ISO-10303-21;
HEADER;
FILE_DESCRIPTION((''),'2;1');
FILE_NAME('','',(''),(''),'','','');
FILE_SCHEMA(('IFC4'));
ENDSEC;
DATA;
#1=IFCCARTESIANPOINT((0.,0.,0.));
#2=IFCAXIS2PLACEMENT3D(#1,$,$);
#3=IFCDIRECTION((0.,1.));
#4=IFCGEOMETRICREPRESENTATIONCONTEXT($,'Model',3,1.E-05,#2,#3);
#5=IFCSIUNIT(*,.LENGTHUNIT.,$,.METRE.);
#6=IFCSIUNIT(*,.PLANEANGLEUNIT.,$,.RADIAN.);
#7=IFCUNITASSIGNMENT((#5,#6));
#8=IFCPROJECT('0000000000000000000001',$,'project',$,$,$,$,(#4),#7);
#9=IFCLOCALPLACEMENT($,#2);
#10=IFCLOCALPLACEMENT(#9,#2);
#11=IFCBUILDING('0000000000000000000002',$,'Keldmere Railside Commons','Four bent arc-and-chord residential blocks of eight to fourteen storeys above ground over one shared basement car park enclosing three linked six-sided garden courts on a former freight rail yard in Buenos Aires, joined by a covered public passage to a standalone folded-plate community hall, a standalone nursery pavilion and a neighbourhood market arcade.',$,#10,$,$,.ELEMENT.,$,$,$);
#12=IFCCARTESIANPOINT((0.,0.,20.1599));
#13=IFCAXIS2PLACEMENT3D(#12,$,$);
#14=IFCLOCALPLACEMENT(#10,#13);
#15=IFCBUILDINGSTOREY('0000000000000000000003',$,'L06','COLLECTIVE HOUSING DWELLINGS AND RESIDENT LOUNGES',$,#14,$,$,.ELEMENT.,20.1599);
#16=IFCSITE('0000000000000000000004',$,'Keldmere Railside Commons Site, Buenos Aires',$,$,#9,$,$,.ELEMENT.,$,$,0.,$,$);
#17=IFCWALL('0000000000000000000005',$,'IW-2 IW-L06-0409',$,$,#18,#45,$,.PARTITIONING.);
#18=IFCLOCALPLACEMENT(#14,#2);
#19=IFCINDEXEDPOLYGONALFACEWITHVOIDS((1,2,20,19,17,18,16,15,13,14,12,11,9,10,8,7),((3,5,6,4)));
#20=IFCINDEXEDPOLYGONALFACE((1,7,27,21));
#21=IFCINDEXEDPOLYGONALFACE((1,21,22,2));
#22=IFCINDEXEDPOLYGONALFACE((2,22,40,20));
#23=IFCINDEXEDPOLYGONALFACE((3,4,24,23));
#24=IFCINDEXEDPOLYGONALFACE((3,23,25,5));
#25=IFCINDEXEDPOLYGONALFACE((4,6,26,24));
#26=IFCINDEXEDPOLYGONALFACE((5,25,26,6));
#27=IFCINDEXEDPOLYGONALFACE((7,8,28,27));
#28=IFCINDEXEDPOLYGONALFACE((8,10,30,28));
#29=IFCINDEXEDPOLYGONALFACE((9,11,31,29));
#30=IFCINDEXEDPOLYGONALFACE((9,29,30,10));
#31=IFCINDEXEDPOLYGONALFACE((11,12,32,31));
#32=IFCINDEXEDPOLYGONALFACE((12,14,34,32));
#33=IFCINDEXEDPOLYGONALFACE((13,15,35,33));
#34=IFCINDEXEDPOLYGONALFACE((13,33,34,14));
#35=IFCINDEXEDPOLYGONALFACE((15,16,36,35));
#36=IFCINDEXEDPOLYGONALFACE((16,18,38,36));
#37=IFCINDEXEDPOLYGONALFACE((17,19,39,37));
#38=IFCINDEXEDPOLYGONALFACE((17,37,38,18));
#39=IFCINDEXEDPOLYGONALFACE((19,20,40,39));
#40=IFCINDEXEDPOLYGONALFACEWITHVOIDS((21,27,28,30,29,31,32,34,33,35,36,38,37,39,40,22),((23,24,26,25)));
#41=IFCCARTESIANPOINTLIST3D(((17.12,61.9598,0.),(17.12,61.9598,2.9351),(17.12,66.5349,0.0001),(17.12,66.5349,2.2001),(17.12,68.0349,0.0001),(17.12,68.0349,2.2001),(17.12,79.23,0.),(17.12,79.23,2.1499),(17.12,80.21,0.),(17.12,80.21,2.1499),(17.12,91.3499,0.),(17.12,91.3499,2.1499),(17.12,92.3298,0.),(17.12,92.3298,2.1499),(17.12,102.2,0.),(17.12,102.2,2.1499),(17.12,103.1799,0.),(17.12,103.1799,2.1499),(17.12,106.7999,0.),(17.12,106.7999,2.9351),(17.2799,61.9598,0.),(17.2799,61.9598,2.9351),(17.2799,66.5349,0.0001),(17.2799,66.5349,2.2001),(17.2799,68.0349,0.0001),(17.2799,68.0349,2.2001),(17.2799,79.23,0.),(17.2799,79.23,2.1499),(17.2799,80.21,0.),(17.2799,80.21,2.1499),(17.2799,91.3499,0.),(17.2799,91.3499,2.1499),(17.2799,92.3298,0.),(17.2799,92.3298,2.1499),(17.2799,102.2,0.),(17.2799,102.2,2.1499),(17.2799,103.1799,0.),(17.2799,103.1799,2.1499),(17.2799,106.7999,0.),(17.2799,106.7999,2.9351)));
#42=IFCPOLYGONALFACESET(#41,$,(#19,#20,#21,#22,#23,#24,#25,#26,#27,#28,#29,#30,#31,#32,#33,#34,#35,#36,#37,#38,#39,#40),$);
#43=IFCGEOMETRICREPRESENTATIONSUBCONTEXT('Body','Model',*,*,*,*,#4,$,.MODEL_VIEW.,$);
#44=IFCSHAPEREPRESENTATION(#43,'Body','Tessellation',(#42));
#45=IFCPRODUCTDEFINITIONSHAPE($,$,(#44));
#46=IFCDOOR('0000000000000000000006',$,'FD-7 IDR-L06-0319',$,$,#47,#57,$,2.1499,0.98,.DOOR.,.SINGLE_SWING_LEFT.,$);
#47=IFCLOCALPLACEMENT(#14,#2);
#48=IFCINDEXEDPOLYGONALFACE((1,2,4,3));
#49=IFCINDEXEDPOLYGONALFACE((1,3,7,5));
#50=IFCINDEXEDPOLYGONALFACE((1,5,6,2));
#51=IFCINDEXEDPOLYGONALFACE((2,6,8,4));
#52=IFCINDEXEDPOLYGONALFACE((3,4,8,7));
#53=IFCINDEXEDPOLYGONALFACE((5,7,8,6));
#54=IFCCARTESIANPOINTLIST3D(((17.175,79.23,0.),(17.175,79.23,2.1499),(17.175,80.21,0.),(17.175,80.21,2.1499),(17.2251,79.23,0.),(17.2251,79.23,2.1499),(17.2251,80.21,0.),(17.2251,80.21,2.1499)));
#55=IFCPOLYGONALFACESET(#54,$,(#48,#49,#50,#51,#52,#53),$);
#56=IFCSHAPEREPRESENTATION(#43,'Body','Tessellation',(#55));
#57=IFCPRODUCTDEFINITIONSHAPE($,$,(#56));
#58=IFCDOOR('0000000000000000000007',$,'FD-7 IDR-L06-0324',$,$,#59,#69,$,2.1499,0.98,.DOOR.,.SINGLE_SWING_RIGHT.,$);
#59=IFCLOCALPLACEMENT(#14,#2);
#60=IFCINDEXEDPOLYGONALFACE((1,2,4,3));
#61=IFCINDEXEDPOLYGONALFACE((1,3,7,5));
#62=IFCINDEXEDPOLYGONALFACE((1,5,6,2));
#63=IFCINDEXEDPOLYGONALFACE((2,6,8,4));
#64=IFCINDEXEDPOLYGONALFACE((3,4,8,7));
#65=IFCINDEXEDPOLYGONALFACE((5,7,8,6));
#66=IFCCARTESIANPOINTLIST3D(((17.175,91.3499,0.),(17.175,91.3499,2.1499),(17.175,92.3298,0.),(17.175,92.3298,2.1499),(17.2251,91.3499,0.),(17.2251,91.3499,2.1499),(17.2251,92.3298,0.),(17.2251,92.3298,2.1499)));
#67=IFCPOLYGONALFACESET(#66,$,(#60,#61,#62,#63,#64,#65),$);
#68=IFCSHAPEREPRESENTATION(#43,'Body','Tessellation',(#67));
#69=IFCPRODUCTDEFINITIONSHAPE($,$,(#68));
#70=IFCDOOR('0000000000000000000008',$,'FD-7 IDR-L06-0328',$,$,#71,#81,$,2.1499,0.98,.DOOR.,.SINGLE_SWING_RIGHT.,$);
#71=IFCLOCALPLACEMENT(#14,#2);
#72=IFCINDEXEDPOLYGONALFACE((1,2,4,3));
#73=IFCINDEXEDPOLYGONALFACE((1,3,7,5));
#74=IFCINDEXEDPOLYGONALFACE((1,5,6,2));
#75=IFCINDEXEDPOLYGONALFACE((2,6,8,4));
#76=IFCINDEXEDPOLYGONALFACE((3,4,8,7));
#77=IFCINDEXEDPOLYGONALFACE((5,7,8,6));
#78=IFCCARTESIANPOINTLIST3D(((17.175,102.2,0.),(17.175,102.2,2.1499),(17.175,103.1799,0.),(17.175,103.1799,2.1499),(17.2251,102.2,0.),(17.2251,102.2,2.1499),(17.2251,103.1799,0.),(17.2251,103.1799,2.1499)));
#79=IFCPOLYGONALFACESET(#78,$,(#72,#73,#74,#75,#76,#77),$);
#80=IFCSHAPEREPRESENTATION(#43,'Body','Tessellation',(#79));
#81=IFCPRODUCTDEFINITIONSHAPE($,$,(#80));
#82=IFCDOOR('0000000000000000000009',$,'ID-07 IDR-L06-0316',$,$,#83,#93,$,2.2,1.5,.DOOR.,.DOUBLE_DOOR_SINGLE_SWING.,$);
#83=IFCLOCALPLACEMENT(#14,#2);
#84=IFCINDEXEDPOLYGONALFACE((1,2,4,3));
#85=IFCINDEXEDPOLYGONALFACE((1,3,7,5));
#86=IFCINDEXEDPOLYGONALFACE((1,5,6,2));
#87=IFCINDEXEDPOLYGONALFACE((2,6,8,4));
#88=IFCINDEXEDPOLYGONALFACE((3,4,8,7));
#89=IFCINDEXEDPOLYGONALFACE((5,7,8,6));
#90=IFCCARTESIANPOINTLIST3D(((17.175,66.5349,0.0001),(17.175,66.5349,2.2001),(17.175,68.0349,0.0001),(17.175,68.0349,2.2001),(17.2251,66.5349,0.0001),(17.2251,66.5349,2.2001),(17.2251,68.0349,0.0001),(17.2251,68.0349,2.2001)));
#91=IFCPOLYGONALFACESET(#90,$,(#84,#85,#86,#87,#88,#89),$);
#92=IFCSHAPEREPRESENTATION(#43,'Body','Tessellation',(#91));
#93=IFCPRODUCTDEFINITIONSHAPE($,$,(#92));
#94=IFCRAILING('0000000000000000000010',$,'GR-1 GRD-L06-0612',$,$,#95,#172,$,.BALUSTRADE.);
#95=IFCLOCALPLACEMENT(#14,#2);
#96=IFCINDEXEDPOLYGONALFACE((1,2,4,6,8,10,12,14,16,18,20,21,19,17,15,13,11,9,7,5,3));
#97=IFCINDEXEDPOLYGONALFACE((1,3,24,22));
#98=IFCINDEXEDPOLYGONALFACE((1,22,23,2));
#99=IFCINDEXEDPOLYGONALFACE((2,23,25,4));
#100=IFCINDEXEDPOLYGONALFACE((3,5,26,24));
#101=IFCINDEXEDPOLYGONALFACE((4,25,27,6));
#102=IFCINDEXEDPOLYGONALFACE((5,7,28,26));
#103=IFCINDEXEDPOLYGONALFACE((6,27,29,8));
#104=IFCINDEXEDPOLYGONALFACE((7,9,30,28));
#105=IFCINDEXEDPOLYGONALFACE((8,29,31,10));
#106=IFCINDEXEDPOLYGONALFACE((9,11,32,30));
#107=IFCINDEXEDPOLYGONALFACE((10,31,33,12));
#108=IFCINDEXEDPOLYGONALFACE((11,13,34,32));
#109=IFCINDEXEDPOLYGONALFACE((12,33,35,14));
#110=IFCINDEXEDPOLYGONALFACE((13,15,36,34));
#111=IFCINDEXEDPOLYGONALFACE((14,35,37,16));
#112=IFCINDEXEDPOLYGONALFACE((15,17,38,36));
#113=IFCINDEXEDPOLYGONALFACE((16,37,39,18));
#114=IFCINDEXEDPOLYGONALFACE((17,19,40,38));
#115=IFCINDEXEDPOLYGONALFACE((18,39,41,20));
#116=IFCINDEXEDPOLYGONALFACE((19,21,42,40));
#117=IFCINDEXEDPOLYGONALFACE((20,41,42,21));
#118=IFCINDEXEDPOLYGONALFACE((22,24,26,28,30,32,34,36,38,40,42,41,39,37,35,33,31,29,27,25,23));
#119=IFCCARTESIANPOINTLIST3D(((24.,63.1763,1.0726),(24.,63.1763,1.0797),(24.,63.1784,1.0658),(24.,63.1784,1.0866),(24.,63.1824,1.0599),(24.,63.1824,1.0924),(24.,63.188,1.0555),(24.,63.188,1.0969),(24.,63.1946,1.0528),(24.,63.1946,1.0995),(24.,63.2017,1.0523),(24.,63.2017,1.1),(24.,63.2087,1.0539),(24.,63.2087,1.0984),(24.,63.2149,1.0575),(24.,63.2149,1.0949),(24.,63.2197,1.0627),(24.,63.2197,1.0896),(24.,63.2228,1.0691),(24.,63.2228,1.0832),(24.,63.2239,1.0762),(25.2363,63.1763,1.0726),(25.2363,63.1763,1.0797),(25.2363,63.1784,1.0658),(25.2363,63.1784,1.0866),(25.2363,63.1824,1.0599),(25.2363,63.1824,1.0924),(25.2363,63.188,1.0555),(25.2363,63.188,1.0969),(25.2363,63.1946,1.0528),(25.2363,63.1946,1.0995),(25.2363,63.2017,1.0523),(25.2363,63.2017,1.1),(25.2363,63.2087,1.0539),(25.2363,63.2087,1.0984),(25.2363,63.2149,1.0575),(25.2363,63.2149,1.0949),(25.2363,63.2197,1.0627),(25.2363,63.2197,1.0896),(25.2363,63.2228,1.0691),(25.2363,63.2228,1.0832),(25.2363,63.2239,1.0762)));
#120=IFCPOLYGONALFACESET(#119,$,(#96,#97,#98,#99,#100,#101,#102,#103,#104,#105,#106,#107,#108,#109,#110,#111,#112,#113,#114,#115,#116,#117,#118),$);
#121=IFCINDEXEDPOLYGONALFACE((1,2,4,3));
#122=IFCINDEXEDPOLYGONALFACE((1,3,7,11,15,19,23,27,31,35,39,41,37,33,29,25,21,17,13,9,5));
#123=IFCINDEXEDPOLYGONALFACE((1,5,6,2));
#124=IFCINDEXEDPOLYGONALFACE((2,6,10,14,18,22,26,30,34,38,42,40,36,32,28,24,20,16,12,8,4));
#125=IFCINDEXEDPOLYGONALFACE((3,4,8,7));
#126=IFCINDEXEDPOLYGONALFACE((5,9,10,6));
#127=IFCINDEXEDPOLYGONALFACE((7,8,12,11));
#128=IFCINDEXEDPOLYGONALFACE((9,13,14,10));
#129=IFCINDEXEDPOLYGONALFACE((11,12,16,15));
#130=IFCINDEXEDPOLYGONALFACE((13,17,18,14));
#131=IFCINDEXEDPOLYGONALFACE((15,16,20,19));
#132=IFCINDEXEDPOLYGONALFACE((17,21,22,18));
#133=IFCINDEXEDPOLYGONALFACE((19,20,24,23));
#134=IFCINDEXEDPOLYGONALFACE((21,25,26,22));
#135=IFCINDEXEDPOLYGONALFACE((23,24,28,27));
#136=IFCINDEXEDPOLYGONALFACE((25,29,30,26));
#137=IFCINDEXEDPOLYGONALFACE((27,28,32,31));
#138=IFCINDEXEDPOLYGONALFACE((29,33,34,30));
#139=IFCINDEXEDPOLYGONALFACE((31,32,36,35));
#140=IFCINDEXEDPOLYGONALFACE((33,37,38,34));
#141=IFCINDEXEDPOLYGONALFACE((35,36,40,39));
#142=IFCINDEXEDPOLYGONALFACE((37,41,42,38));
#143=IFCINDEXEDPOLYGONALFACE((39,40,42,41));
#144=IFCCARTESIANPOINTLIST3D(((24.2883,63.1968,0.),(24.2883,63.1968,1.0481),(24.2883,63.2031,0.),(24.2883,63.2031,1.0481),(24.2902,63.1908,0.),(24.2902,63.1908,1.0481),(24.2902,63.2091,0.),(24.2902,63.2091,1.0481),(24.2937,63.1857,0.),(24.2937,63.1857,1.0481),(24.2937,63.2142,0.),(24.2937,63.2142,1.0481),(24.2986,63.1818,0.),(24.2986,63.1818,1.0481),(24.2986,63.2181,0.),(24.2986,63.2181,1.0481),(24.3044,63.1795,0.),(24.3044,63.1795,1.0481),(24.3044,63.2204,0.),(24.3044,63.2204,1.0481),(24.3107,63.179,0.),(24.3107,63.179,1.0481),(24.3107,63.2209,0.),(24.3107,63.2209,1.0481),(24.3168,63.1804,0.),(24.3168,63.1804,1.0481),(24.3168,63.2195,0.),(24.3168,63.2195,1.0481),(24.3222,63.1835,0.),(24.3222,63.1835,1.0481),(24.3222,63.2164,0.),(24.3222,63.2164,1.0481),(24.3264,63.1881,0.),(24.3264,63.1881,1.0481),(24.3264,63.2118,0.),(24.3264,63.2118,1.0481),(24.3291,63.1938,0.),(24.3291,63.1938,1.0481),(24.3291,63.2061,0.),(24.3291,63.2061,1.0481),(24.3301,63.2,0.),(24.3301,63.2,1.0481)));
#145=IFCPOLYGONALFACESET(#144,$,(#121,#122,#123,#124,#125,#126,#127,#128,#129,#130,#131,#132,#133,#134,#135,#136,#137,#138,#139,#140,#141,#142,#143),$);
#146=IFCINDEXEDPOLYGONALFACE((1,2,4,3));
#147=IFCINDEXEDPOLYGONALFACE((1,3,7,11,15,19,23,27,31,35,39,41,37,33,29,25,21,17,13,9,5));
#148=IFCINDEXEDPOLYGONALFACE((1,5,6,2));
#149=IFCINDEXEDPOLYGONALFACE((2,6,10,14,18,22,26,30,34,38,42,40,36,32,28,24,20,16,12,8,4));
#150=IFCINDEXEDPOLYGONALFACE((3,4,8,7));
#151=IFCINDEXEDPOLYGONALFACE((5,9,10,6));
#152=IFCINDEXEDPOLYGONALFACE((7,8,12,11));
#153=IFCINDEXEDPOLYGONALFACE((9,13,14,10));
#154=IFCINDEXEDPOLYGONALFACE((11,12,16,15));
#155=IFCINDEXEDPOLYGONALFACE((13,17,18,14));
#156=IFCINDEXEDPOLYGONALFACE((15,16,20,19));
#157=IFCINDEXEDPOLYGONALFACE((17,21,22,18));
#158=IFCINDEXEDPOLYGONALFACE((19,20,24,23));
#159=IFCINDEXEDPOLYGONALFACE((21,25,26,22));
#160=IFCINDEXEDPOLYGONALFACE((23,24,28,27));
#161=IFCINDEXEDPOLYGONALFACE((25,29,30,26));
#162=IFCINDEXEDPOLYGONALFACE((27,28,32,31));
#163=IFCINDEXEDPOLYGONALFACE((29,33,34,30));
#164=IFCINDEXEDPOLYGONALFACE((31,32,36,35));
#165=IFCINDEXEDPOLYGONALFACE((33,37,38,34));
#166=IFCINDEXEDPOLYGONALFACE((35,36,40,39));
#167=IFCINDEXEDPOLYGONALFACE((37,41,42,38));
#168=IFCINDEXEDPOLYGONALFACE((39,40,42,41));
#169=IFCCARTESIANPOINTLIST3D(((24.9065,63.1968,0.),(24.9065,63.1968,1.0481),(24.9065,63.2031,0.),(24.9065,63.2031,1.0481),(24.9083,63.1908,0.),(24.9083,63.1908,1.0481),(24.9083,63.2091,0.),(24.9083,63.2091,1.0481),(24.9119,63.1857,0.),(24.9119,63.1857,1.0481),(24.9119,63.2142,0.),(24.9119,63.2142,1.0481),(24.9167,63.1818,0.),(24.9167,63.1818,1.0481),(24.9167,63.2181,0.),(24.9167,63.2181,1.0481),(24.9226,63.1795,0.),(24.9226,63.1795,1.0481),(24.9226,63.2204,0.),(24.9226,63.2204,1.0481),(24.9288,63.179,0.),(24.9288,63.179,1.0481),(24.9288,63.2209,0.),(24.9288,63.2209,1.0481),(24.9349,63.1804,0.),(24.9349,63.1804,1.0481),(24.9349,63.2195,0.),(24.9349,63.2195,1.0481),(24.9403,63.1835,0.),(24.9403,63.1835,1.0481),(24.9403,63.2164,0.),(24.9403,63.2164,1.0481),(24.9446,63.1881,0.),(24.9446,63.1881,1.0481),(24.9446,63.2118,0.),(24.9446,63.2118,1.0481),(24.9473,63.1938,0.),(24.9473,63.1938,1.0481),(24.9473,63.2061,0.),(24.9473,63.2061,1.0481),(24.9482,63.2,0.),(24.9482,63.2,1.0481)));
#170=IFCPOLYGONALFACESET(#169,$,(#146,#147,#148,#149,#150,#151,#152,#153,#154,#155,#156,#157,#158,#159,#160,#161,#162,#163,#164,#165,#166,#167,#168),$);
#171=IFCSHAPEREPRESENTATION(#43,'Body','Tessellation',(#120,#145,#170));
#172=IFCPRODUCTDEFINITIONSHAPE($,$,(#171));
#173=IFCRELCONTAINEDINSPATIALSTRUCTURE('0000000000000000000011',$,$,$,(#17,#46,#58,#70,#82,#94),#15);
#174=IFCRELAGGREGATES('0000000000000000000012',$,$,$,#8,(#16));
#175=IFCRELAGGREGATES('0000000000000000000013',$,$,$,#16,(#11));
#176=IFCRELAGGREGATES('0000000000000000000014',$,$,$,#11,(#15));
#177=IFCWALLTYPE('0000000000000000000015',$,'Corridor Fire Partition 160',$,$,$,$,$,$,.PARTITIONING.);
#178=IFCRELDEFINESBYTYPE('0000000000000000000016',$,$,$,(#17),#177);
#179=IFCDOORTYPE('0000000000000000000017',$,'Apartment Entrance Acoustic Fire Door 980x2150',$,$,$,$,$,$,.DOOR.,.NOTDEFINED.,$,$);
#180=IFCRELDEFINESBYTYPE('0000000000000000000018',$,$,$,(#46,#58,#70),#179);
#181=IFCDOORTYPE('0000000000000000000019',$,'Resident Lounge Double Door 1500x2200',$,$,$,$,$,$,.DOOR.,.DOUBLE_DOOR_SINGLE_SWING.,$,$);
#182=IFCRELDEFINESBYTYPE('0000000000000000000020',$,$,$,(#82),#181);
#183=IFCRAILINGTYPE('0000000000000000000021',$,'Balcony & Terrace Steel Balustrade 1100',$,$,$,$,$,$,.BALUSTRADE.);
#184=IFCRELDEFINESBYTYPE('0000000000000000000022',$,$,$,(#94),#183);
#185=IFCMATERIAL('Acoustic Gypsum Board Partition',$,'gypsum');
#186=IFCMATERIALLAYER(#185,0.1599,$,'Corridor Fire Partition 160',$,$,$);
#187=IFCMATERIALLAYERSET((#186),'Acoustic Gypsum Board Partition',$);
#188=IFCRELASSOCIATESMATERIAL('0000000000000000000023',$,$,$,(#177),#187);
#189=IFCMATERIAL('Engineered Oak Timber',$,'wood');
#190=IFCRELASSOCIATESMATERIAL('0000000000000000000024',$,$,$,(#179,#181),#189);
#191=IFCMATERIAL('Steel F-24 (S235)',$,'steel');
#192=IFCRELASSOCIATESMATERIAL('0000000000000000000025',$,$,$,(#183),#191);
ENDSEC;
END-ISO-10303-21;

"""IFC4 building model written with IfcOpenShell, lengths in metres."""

from ifc_helpers import new_model, si_unit, direction, frame, frame_2d, origin, origin_2d, place, context, subcontext, project, spatial, rectangle, circle, extrude, material, layer, layer_set, type_object, element, fill, save


model = new_model("IFC4")

# Units and contexts
model_context = context("Model", 3, precision=1e-05, world=origin(), true_north=direction((0.0, 1.0)))
body_context = subcontext(model_context, "Body", "Model", "MODEL_VIEW")
ifc_project = project(units=[si_unit("LENGTHUNIT", "METRE"), si_unit("PLANEANGLEUNIT", "RADIAN")], contexts=[model_context])

# Site, building, storey
site_placement = place(None, origin())
site = spatial("IfcSite", under=ifc_project, at=site_placement, Name="Keldmere Railside Commons Site, Buenos Aires", CompositionType="ELEMENT", RefElevation=0.0)
building_placement = place(site_placement, origin())
building = spatial("IfcBuilding", under=site, at=building_placement, Name="Keldmere Railside Commons", Description="Four bent arc-and-chord residential blocks of eight to fourteen storeys above ground over one shared basement car park enclosing three linked six-sided garden courts on a former freight rail yard in Buenos Aires, joined by a covered public passage to a standalone folded-plate community hall, a standalone nursery pavilion and a neighbourhood market arcade.", CompositionType="ELEMENT")
storey_placement = place(building_placement, frame((0.0, 0.0, 20.1599)))
storey = spatial("IfcBuildingStorey", under=building, at=storey_placement, Name="L06", Description="COLLECTIVE HOUSING DWELLINGS AND RESIDENT LOUNGES", CompositionType="ELEMENT", Elevation=20.1599)

# Wall, openings, doors
ifc_material_1 = material(Name="Acoustic Gypsum Board Partition", Category="gypsum")
ifc_layer = layer(ifc_material_1, 0.1599, Name="Corridor Fire Partition 160")
ifc_layer_set = layer_set([ifc_layer], Name="Acoustic Gypsum Board Partition")
wall_type = type_object("IfcWallType", Name="Corridor Fire Partition 160", PredefinedType="PARTITIONING", material=ifc_layer_set)
wall_placement = place(storey_placement, frame((17.2, 61.96, 0.0), z_axis=(0.0, 0.0, 1.0), x_axis=(0.0, 1.0, 0.0)))
wall = element("IfcWall", 1, at=wall_placement, inside=storey, type_object=wall_type, Name="IW-2 IW-L06-0409", PredefinedType="PARTITIONING", context=body_context, shape_type="SweptSolid", body=[
    extrude(rectangle(XDim=44.8401, YDim=0.1599, at=frame_2d((22.4199, 0.0))), origin(), (0.0, 0.0, 1.0), 2.9351),
])
opening_1_placement = place(wall_placement, frame((4.575, 0.0, 0.0)))
opening_1 = element("IfcOpeningElement", 2, at=opening_1_placement, cuts=wall, PredefinedType="OPENING", context=body_context, shape_type="SweptSolid", body=[
    extrude(rectangle(XDim=1.5, YDim=2.2, at=frame_2d((0.75, 1.1001))), frame((0.0, 0.0898, 0.0), z_axis=(0.0, -1.0, 0.0), x_axis=(1.0, 0.0, 0.0)), (0.0, 0.0, 1.0), 0.1799),
])
opening_2_placement = place(wall_placement, frame((17.27, 0.0, 0.0)))
opening_2 = element("IfcOpeningElement", 3, at=opening_2_placement, cuts=wall, PredefinedType="OPENING", context=body_context, shape_type="SweptSolid", body=[
    extrude(rectangle(XDim=0.98, YDim=2.1499, at=frame_2d((0.49, 1.075))), frame((0.0, 0.0898, 0.0), z_axis=(0.0, -1.0, 0.0), x_axis=(1.0, 0.0, 0.0)), (0.0, 0.0, 1.0), 0.1799),
])
opening_3_placement = place(wall_placement, frame((29.3899, 0.0, 0.0)))
opening_3 = element("IfcOpeningElement", 4, at=opening_3_placement, cuts=wall, PredefinedType="OPENING", context=body_context, shape_type="SweptSolid", body=[
    extrude(rectangle(XDim=0.98, YDim=2.1499, at=frame_2d((0.49, 1.075))), frame((0.0, 0.0898, 0.0), z_axis=(0.0, -1.0, 0.0), x_axis=(1.0, 0.0, 0.0)), (0.0, 0.0, 1.0), 0.1799),
])
opening_4_placement = place(wall_placement, frame((40.24, 0.0, 0.0)))
opening_4 = element("IfcOpeningElement", 5, at=opening_4_placement, cuts=wall, PredefinedType="OPENING", context=body_context, shape_type="SweptSolid", body=[
    extrude(rectangle(XDim=0.98, YDim=2.1499, at=frame_2d((0.49, 1.075))), frame((0.0, 0.0898, 0.0), z_axis=(0.0, -1.0, 0.0), x_axis=(1.0, 0.0, 0.0)), (0.0, 0.0, 1.0), 0.1799),
])
ifc_material_2 = material(Name="Engineered Oak Timber", Category="wood")
door_type_1 = type_object("IfcDoorType", Name="Apartment Entrance Acoustic Fire Door 980x2150", OperationType="NOTDEFINED", PredefinedType="DOOR", material=ifc_material_2)
door_1_placement = place(opening_2_placement, origin())
door_1 = element("IfcDoor", 6, at=door_1_placement, inside=storey, type_object=door_type_1, Name="FD-7 IDR-L06-0319", OperationType="SINGLE_SWING_LEFT", OverallHeight=2.1499, OverallWidth=0.98, PredefinedType="DOOR", context=body_context, shape_type="SweptSolid", body=[
    extrude(rectangle(XDim=0.98, YDim=2.1499, at=frame_2d((0.49, 1.075))), frame((0.0, 0.0249, 0.0), z_axis=(0.0, -1.0, 0.0), x_axis=(1.0, 0.0, 0.0)), (0.0, 0.0, 1.0), 0.05),
])
fill(opening_2, door_1)
door_2_placement = place(opening_3_placement, origin())
door_2 = element("IfcDoor", 7, at=door_2_placement, inside=storey, type_object=door_type_1, Name="FD-7 IDR-L06-0324", OperationType="SINGLE_SWING_RIGHT", OverallHeight=2.1499, OverallWidth=0.98, PredefinedType="DOOR", context=body_context, shape_type="SweptSolid", body=[
    extrude(rectangle(XDim=0.98, YDim=2.1499, at=frame_2d((0.49, 1.075))), frame((0.0, 0.0249, 0.0), z_axis=(0.0, -1.0, 0.0), x_axis=(1.0, 0.0, 0.0)), (0.0, 0.0, 1.0), 0.05),
])
fill(opening_3, door_2)
door_3_placement = place(opening_4_placement, origin())
door_3 = element("IfcDoor", 8, at=door_3_placement, inside=storey, type_object=door_type_1, Name="FD-7 IDR-L06-0328", OperationType="SINGLE_SWING_RIGHT", OverallHeight=2.1499, OverallWidth=0.98, PredefinedType="DOOR", context=body_context, shape_type="SweptSolid", body=[
    extrude(rectangle(XDim=0.98, YDim=2.1499, at=frame_2d((0.49, 1.075))), frame((0.0, 0.0249, 0.0), z_axis=(0.0, -1.0, 0.0), x_axis=(1.0, 0.0, 0.0)), (0.0, 0.0, 1.0), 0.05),
])
fill(opening_4, door_3)
door_type_2 = type_object("IfcDoorType", Name="Resident Lounge Double Door 1500x2200", OperationType="DOUBLE_DOOR_SINGLE_SWING", PredefinedType="DOOR", material=ifc_material_2)
door_4_placement = place(opening_1_placement, origin())
door_4 = element("IfcDoor", 9, at=door_4_placement, inside=storey, type_object=door_type_2, Name="ID-07 IDR-L06-0316", OperationType="DOUBLE_DOOR_SINGLE_SWING", OverallHeight=2.2, OverallWidth=1.5, PredefinedType="DOOR", context=body_context, shape_type="SweptSolid", body=[
    extrude(rectangle(XDim=1.5, YDim=2.2, at=frame_2d((0.75, 1.1001))), frame((0.0, 0.0249, 0.0), z_axis=(0.0, -1.0, 0.0), x_axis=(1.0, 0.0, 0.0)), (0.0, 0.0, 1.0), 0.05),
])
fill(opening_1, door_4)

# Railing
ifc_material_3 = material(Name="Steel F-24 (S235)", Category="steel")
railing_type = type_object("IfcRailingType", Name="Balcony & Terrace Steel Balustrade 1100", PredefinedType="BALUSTRADE", material=ifc_material_3)
railing_1_placement = place(storey_placement, frame((24.0, 63.2, 0.0)))
element("IfcRailing", 10, at=railing_1_placement, inside=storey, type_object=railing_type, Name="GR-1 GRD-L06-0612", PredefinedType="BALUSTRADE", context=body_context, shape_type="SweptSolid", body=[
    extrude(circle(Radius=0.0239, at=origin_2d()), frame((0.0, 0.0, 1.0762), z_axis=(1.0, 0.0, 0.0), x_axis=(0.0, 1.0, 0.0)), (0.0, 0.0, 1.0), 1.2363),
    extrude(circle(Radius=0.021, at=origin_2d()), frame((0.3091, 0.0, 0.0)), (0.0, 0.0, 1.0), 1.0481),
    extrude(circle(Radius=0.021, at=origin_2d()), frame((0.9272, 0.0, 0.0)), (0.0, 0.0, 1.0), 1.0481),
])

save(model, "model.ifc")
